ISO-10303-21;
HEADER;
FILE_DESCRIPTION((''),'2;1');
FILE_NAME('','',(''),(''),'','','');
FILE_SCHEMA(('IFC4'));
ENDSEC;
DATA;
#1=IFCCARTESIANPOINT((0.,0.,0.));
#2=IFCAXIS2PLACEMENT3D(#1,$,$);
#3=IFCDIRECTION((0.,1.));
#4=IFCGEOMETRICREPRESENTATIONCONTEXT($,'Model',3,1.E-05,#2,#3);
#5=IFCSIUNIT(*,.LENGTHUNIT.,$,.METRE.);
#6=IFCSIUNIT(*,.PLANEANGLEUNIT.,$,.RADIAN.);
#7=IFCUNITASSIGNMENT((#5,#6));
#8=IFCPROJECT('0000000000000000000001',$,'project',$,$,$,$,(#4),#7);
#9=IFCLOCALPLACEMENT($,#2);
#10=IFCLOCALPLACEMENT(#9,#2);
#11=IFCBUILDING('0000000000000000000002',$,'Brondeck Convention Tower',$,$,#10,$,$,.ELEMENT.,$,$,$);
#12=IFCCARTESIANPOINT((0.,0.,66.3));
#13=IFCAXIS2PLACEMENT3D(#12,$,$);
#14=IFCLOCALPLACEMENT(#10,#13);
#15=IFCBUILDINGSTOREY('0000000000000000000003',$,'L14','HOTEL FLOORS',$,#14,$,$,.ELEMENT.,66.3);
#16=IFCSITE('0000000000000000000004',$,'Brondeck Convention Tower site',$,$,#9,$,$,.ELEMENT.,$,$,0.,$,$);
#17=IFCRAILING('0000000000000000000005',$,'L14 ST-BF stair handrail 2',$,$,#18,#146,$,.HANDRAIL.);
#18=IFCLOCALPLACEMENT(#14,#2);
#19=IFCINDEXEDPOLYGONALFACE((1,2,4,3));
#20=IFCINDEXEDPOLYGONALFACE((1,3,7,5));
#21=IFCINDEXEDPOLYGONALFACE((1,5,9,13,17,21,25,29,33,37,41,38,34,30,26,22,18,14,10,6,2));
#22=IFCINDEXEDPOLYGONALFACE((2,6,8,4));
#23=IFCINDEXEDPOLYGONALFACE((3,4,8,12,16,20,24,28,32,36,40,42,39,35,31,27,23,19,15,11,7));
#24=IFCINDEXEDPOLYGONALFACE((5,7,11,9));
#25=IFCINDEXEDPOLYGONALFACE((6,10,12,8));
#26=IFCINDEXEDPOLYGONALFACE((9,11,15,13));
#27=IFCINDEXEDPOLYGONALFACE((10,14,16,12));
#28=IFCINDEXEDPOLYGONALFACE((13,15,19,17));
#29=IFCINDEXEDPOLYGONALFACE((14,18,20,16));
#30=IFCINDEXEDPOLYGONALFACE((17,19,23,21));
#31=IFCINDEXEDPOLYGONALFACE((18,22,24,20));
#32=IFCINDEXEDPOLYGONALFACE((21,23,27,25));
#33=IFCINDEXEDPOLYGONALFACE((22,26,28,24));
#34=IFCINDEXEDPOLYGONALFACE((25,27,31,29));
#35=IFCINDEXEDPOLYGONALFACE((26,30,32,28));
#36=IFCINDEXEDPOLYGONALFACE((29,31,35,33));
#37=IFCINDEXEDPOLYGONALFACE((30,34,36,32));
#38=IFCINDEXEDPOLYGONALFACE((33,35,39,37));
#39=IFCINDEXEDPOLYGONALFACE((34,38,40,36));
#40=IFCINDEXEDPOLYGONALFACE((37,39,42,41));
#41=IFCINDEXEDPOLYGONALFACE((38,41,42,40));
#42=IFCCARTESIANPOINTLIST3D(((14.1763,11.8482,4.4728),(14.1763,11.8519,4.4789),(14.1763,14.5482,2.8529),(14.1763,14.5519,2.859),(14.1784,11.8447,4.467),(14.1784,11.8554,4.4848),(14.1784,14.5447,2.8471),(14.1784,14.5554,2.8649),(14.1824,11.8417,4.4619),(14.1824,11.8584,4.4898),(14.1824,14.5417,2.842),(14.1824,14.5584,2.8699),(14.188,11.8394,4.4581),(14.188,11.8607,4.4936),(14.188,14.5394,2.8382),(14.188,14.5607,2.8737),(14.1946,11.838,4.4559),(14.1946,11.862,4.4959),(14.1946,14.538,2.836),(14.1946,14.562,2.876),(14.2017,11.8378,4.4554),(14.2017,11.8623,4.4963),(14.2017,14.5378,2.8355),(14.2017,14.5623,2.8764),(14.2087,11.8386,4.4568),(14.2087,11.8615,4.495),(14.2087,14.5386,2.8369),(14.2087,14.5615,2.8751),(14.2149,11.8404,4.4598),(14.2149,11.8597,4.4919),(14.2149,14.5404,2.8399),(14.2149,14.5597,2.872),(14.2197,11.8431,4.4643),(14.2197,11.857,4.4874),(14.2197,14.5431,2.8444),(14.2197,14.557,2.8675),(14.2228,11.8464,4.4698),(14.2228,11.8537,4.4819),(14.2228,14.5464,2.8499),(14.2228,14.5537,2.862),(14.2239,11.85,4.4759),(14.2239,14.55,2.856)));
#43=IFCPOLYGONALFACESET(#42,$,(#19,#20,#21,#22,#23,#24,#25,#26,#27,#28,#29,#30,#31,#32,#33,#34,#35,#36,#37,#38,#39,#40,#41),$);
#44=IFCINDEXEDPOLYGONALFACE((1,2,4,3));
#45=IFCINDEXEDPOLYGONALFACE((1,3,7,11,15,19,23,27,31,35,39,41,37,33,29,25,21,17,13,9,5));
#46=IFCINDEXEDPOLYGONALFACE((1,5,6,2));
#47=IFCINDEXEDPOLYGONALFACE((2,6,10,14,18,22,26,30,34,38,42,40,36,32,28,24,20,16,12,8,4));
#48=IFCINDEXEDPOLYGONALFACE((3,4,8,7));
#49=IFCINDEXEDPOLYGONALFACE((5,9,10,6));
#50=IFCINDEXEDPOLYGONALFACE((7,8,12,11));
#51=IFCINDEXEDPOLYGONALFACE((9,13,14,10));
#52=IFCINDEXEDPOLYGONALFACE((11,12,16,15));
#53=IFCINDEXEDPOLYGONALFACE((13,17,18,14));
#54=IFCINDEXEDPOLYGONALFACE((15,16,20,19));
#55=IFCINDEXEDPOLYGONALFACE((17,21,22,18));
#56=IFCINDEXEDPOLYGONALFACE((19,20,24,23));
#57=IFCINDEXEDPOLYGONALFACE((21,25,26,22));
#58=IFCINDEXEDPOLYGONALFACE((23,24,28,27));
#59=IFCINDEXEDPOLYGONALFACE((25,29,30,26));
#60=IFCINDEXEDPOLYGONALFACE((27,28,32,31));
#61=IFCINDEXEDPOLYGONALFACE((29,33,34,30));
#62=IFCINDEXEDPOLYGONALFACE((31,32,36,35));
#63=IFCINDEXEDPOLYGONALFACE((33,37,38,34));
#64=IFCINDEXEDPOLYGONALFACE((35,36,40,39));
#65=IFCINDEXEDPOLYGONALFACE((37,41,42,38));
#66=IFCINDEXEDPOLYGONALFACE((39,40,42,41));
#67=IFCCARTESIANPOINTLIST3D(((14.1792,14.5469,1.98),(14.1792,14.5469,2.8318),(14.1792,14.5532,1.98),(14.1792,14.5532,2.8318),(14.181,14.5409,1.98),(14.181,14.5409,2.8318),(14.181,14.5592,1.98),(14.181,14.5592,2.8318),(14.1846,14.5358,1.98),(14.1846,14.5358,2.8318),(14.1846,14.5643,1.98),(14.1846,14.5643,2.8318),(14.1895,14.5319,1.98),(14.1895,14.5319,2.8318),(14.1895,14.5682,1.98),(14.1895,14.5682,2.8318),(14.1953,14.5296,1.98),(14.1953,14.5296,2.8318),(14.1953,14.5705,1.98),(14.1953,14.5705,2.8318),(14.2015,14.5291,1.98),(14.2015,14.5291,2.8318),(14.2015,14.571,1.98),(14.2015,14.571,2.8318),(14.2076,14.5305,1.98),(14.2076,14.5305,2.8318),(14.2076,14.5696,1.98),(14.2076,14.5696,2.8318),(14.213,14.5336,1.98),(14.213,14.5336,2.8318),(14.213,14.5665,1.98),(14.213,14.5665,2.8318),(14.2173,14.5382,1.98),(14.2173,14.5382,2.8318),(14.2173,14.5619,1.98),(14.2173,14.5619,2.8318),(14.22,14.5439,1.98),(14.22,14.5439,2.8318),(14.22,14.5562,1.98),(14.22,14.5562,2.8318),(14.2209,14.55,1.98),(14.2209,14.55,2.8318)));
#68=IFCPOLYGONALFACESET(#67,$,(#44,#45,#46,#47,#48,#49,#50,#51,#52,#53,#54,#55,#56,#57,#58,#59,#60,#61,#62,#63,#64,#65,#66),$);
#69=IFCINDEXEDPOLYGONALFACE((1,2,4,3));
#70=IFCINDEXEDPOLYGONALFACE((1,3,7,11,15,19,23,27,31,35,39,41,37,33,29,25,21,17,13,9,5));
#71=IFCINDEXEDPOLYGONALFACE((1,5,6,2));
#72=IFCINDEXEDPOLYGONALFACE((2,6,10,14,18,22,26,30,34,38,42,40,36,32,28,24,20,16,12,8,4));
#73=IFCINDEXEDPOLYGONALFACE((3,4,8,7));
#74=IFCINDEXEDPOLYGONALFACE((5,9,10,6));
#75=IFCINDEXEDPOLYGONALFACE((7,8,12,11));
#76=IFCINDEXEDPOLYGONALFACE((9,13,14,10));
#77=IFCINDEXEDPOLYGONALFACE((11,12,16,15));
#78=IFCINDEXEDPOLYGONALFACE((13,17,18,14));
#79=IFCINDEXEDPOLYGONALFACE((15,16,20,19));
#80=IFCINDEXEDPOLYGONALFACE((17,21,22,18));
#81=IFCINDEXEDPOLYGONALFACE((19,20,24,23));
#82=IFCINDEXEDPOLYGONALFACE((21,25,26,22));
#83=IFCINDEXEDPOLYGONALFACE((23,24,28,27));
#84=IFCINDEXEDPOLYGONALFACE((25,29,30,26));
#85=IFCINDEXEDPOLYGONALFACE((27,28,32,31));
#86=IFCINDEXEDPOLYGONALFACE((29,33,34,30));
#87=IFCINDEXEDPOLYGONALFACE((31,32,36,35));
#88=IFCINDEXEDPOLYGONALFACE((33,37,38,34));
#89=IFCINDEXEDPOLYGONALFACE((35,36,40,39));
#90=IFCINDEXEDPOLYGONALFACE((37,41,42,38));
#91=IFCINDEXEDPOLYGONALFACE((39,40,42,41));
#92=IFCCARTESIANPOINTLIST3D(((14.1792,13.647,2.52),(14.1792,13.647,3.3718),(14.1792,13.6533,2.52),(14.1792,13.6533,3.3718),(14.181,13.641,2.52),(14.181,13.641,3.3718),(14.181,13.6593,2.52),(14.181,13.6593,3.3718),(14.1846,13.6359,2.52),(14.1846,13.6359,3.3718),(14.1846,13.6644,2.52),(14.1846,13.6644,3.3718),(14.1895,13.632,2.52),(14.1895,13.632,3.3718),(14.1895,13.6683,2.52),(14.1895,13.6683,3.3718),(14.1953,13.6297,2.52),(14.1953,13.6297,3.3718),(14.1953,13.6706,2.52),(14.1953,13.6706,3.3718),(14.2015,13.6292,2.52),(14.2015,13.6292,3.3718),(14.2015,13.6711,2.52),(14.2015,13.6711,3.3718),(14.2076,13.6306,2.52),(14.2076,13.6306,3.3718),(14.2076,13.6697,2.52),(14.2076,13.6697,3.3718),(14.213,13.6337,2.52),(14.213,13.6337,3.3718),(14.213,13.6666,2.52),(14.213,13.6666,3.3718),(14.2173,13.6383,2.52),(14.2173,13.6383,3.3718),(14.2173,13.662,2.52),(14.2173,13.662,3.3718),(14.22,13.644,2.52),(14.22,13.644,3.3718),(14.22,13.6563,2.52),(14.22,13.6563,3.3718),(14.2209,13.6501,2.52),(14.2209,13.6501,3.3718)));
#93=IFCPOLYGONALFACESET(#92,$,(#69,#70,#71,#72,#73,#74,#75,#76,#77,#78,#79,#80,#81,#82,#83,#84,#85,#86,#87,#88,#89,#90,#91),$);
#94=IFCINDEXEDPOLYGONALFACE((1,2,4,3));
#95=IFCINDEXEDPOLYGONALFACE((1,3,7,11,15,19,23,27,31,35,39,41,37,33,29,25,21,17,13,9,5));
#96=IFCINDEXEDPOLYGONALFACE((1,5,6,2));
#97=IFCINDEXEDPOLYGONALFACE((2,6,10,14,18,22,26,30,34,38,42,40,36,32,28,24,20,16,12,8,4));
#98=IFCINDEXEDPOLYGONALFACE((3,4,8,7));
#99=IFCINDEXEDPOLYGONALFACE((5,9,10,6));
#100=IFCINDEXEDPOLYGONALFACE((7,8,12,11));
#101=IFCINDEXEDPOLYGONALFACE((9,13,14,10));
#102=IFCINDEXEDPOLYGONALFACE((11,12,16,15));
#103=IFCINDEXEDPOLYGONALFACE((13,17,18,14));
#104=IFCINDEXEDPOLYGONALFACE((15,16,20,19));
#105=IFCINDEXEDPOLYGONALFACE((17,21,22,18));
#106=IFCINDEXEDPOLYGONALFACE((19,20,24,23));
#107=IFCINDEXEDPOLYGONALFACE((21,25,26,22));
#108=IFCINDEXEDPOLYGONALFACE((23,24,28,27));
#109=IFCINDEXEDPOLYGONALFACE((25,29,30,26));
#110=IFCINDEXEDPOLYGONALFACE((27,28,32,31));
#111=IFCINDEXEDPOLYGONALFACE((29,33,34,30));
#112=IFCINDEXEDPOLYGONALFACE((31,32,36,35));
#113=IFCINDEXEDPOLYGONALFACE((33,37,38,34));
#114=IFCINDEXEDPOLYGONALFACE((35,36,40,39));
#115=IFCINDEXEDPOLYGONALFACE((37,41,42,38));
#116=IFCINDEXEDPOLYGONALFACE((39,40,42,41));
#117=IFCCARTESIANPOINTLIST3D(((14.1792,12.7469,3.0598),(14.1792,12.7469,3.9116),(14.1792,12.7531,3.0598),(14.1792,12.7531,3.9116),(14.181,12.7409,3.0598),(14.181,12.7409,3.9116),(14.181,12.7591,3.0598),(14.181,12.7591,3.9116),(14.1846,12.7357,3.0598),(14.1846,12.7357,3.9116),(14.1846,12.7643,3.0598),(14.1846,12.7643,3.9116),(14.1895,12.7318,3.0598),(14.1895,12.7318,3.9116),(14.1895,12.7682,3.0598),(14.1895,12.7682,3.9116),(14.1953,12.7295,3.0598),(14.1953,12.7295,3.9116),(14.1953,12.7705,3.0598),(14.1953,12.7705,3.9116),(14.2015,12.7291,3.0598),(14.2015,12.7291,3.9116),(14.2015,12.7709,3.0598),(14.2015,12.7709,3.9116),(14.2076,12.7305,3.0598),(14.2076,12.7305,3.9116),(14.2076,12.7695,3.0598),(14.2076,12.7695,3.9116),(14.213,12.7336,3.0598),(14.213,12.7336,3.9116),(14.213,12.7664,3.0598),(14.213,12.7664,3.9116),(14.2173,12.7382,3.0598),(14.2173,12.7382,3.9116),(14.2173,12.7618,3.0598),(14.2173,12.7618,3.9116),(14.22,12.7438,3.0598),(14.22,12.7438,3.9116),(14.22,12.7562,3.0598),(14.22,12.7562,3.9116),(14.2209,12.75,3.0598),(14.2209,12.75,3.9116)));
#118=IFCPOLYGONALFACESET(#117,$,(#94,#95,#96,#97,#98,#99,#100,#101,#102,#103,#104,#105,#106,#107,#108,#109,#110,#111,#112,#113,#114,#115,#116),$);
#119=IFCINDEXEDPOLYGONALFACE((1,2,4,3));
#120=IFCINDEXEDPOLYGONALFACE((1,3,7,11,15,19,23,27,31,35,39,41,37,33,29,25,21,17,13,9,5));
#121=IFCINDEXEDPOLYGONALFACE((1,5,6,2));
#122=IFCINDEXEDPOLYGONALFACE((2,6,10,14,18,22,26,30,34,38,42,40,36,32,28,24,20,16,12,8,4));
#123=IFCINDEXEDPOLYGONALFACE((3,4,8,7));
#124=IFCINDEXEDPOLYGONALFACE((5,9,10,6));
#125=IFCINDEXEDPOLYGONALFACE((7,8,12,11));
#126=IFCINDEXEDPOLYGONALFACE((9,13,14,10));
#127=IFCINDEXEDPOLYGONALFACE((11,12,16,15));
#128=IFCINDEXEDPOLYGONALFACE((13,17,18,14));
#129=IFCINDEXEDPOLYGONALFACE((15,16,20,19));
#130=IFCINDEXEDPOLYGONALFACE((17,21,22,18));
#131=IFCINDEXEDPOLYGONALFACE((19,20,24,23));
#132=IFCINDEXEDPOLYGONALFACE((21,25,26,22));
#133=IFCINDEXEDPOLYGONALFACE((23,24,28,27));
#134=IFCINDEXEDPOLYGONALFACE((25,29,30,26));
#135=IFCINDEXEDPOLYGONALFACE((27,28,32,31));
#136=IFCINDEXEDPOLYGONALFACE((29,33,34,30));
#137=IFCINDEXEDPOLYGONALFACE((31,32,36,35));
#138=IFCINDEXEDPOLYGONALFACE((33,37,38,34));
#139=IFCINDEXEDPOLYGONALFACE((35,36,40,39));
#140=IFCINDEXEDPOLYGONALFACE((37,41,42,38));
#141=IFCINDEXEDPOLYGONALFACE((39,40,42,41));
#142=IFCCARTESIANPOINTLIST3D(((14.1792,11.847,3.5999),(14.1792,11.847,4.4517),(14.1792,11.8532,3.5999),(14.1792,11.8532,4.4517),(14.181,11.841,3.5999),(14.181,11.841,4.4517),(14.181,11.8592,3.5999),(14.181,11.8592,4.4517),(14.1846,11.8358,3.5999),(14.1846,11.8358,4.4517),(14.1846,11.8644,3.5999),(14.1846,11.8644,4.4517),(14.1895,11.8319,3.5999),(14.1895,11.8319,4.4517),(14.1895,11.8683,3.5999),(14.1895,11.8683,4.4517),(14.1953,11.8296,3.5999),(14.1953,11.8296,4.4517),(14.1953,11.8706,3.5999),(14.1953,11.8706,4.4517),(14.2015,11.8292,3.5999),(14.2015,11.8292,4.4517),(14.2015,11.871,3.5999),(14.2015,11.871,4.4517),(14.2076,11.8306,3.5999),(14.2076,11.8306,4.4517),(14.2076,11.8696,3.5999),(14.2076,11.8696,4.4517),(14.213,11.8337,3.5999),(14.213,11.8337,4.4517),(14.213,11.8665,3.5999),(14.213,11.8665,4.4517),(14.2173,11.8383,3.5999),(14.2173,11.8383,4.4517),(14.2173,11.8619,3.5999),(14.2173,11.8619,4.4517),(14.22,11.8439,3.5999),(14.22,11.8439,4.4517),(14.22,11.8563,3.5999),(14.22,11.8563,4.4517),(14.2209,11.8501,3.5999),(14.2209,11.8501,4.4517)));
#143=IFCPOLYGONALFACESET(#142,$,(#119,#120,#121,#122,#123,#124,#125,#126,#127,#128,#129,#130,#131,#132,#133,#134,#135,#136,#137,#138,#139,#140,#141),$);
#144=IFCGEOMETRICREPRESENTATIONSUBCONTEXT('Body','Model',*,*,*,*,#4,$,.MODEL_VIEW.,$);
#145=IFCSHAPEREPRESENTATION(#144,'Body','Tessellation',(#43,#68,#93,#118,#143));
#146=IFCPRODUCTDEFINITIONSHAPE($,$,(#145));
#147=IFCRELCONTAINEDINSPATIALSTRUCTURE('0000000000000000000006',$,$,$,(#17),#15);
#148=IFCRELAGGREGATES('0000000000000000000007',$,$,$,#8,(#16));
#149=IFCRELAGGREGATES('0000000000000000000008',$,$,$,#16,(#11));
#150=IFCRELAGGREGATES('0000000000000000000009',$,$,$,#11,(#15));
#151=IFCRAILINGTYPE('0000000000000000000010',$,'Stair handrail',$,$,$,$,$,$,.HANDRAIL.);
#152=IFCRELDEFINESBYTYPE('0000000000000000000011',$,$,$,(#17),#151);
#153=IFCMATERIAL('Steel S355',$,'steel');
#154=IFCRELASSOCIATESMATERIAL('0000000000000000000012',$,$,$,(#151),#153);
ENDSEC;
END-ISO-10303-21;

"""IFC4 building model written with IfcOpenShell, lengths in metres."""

from ifc_helpers import new_model, si_unit, direction, frame, origin, origin_2d, place, context, subcontext, project, spatial, circle, extrude, material, type_object, element, save


model = new_model("IFC4")

# Units and contexts
model_context = context("Model", 3, precision=1e-05, world=origin(), true_north=direction((0.0, 1.0)))
body_context = subcontext(model_context, "Body", "Model", "MODEL_VIEW")
ifc_project = project(units=[si_unit("LENGTHUNIT", "METRE"), si_unit("PLANEANGLEUNIT", "RADIAN")], contexts=[model_context])

# Site, building, storey
site_placement = place(None, origin())
site = spatial("IfcSite", under=ifc_project, at=site_placement, Name="Brondeck Convention Tower site", CompositionType="ELEMENT", RefElevation=0.0)
building_placement = place(site_placement, origin())
building = spatial("IfcBuilding", under=site, at=building_placement, Name="Brondeck Convention Tower", CompositionType="ELEMENT")
storey_placement = place(building_placement, frame((0.0, 0.0, 66.3)))
storey = spatial("IfcBuildingStorey", under=building, at=storey_placement, Name="L14", Description="HOTEL FLOORS", CompositionType="ELEMENT", Elevation=66.3)

# Shared definitions
ifc_material_1 = material(Name="Steel S355", Category="steel")

# Railing
railing_type_1 = type_object("IfcRailingType", Name="Stair handrail", PredefinedType="HANDRAIL", material=ifc_material_1)
railing_1_placement = place(storey_placement, frame((14.2, 14.55, 1.98)))
element("IfcRailing", 1, at=railing_1_placement, inside=storey, type_object=railing_type_1, Name="L14 ST-BF stair handrail 2", PredefinedType="HANDRAIL", context=body_context, shape_type="SweptSolid", body=[
    extrude(circle(Radius=0.0239, at=origin_2d()), frame((0.0, 0.0, 0.876), z_axis=(0.0, -0.857507, 0.514473), x_axis=(1.0, 0.0, 0.0)), (0.0, 0.0, 1.0), 3.1487),
    extrude(circle(Radius=0.021, at=origin_2d()), origin(), (0.0, 0.0, 1.0), 0.8518),
    extrude(circle(Radius=0.021, at=origin_2d()), frame((0.0, -0.8999, 0.54)), (0.0, 0.0, 1.0), 0.8518),
    extrude(circle(Radius=0.021, at=origin_2d()), frame((0.0, -1.8, 1.0798)), (0.0, 0.0, 1.0), 0.8518),
    extrude(circle(Radius=0.021, at=origin_2d()), frame((0.0, -2.7, 1.6199)), (0.0, 0.0, 1.0), 0.8518),
])

save(model, "model.ifc")
